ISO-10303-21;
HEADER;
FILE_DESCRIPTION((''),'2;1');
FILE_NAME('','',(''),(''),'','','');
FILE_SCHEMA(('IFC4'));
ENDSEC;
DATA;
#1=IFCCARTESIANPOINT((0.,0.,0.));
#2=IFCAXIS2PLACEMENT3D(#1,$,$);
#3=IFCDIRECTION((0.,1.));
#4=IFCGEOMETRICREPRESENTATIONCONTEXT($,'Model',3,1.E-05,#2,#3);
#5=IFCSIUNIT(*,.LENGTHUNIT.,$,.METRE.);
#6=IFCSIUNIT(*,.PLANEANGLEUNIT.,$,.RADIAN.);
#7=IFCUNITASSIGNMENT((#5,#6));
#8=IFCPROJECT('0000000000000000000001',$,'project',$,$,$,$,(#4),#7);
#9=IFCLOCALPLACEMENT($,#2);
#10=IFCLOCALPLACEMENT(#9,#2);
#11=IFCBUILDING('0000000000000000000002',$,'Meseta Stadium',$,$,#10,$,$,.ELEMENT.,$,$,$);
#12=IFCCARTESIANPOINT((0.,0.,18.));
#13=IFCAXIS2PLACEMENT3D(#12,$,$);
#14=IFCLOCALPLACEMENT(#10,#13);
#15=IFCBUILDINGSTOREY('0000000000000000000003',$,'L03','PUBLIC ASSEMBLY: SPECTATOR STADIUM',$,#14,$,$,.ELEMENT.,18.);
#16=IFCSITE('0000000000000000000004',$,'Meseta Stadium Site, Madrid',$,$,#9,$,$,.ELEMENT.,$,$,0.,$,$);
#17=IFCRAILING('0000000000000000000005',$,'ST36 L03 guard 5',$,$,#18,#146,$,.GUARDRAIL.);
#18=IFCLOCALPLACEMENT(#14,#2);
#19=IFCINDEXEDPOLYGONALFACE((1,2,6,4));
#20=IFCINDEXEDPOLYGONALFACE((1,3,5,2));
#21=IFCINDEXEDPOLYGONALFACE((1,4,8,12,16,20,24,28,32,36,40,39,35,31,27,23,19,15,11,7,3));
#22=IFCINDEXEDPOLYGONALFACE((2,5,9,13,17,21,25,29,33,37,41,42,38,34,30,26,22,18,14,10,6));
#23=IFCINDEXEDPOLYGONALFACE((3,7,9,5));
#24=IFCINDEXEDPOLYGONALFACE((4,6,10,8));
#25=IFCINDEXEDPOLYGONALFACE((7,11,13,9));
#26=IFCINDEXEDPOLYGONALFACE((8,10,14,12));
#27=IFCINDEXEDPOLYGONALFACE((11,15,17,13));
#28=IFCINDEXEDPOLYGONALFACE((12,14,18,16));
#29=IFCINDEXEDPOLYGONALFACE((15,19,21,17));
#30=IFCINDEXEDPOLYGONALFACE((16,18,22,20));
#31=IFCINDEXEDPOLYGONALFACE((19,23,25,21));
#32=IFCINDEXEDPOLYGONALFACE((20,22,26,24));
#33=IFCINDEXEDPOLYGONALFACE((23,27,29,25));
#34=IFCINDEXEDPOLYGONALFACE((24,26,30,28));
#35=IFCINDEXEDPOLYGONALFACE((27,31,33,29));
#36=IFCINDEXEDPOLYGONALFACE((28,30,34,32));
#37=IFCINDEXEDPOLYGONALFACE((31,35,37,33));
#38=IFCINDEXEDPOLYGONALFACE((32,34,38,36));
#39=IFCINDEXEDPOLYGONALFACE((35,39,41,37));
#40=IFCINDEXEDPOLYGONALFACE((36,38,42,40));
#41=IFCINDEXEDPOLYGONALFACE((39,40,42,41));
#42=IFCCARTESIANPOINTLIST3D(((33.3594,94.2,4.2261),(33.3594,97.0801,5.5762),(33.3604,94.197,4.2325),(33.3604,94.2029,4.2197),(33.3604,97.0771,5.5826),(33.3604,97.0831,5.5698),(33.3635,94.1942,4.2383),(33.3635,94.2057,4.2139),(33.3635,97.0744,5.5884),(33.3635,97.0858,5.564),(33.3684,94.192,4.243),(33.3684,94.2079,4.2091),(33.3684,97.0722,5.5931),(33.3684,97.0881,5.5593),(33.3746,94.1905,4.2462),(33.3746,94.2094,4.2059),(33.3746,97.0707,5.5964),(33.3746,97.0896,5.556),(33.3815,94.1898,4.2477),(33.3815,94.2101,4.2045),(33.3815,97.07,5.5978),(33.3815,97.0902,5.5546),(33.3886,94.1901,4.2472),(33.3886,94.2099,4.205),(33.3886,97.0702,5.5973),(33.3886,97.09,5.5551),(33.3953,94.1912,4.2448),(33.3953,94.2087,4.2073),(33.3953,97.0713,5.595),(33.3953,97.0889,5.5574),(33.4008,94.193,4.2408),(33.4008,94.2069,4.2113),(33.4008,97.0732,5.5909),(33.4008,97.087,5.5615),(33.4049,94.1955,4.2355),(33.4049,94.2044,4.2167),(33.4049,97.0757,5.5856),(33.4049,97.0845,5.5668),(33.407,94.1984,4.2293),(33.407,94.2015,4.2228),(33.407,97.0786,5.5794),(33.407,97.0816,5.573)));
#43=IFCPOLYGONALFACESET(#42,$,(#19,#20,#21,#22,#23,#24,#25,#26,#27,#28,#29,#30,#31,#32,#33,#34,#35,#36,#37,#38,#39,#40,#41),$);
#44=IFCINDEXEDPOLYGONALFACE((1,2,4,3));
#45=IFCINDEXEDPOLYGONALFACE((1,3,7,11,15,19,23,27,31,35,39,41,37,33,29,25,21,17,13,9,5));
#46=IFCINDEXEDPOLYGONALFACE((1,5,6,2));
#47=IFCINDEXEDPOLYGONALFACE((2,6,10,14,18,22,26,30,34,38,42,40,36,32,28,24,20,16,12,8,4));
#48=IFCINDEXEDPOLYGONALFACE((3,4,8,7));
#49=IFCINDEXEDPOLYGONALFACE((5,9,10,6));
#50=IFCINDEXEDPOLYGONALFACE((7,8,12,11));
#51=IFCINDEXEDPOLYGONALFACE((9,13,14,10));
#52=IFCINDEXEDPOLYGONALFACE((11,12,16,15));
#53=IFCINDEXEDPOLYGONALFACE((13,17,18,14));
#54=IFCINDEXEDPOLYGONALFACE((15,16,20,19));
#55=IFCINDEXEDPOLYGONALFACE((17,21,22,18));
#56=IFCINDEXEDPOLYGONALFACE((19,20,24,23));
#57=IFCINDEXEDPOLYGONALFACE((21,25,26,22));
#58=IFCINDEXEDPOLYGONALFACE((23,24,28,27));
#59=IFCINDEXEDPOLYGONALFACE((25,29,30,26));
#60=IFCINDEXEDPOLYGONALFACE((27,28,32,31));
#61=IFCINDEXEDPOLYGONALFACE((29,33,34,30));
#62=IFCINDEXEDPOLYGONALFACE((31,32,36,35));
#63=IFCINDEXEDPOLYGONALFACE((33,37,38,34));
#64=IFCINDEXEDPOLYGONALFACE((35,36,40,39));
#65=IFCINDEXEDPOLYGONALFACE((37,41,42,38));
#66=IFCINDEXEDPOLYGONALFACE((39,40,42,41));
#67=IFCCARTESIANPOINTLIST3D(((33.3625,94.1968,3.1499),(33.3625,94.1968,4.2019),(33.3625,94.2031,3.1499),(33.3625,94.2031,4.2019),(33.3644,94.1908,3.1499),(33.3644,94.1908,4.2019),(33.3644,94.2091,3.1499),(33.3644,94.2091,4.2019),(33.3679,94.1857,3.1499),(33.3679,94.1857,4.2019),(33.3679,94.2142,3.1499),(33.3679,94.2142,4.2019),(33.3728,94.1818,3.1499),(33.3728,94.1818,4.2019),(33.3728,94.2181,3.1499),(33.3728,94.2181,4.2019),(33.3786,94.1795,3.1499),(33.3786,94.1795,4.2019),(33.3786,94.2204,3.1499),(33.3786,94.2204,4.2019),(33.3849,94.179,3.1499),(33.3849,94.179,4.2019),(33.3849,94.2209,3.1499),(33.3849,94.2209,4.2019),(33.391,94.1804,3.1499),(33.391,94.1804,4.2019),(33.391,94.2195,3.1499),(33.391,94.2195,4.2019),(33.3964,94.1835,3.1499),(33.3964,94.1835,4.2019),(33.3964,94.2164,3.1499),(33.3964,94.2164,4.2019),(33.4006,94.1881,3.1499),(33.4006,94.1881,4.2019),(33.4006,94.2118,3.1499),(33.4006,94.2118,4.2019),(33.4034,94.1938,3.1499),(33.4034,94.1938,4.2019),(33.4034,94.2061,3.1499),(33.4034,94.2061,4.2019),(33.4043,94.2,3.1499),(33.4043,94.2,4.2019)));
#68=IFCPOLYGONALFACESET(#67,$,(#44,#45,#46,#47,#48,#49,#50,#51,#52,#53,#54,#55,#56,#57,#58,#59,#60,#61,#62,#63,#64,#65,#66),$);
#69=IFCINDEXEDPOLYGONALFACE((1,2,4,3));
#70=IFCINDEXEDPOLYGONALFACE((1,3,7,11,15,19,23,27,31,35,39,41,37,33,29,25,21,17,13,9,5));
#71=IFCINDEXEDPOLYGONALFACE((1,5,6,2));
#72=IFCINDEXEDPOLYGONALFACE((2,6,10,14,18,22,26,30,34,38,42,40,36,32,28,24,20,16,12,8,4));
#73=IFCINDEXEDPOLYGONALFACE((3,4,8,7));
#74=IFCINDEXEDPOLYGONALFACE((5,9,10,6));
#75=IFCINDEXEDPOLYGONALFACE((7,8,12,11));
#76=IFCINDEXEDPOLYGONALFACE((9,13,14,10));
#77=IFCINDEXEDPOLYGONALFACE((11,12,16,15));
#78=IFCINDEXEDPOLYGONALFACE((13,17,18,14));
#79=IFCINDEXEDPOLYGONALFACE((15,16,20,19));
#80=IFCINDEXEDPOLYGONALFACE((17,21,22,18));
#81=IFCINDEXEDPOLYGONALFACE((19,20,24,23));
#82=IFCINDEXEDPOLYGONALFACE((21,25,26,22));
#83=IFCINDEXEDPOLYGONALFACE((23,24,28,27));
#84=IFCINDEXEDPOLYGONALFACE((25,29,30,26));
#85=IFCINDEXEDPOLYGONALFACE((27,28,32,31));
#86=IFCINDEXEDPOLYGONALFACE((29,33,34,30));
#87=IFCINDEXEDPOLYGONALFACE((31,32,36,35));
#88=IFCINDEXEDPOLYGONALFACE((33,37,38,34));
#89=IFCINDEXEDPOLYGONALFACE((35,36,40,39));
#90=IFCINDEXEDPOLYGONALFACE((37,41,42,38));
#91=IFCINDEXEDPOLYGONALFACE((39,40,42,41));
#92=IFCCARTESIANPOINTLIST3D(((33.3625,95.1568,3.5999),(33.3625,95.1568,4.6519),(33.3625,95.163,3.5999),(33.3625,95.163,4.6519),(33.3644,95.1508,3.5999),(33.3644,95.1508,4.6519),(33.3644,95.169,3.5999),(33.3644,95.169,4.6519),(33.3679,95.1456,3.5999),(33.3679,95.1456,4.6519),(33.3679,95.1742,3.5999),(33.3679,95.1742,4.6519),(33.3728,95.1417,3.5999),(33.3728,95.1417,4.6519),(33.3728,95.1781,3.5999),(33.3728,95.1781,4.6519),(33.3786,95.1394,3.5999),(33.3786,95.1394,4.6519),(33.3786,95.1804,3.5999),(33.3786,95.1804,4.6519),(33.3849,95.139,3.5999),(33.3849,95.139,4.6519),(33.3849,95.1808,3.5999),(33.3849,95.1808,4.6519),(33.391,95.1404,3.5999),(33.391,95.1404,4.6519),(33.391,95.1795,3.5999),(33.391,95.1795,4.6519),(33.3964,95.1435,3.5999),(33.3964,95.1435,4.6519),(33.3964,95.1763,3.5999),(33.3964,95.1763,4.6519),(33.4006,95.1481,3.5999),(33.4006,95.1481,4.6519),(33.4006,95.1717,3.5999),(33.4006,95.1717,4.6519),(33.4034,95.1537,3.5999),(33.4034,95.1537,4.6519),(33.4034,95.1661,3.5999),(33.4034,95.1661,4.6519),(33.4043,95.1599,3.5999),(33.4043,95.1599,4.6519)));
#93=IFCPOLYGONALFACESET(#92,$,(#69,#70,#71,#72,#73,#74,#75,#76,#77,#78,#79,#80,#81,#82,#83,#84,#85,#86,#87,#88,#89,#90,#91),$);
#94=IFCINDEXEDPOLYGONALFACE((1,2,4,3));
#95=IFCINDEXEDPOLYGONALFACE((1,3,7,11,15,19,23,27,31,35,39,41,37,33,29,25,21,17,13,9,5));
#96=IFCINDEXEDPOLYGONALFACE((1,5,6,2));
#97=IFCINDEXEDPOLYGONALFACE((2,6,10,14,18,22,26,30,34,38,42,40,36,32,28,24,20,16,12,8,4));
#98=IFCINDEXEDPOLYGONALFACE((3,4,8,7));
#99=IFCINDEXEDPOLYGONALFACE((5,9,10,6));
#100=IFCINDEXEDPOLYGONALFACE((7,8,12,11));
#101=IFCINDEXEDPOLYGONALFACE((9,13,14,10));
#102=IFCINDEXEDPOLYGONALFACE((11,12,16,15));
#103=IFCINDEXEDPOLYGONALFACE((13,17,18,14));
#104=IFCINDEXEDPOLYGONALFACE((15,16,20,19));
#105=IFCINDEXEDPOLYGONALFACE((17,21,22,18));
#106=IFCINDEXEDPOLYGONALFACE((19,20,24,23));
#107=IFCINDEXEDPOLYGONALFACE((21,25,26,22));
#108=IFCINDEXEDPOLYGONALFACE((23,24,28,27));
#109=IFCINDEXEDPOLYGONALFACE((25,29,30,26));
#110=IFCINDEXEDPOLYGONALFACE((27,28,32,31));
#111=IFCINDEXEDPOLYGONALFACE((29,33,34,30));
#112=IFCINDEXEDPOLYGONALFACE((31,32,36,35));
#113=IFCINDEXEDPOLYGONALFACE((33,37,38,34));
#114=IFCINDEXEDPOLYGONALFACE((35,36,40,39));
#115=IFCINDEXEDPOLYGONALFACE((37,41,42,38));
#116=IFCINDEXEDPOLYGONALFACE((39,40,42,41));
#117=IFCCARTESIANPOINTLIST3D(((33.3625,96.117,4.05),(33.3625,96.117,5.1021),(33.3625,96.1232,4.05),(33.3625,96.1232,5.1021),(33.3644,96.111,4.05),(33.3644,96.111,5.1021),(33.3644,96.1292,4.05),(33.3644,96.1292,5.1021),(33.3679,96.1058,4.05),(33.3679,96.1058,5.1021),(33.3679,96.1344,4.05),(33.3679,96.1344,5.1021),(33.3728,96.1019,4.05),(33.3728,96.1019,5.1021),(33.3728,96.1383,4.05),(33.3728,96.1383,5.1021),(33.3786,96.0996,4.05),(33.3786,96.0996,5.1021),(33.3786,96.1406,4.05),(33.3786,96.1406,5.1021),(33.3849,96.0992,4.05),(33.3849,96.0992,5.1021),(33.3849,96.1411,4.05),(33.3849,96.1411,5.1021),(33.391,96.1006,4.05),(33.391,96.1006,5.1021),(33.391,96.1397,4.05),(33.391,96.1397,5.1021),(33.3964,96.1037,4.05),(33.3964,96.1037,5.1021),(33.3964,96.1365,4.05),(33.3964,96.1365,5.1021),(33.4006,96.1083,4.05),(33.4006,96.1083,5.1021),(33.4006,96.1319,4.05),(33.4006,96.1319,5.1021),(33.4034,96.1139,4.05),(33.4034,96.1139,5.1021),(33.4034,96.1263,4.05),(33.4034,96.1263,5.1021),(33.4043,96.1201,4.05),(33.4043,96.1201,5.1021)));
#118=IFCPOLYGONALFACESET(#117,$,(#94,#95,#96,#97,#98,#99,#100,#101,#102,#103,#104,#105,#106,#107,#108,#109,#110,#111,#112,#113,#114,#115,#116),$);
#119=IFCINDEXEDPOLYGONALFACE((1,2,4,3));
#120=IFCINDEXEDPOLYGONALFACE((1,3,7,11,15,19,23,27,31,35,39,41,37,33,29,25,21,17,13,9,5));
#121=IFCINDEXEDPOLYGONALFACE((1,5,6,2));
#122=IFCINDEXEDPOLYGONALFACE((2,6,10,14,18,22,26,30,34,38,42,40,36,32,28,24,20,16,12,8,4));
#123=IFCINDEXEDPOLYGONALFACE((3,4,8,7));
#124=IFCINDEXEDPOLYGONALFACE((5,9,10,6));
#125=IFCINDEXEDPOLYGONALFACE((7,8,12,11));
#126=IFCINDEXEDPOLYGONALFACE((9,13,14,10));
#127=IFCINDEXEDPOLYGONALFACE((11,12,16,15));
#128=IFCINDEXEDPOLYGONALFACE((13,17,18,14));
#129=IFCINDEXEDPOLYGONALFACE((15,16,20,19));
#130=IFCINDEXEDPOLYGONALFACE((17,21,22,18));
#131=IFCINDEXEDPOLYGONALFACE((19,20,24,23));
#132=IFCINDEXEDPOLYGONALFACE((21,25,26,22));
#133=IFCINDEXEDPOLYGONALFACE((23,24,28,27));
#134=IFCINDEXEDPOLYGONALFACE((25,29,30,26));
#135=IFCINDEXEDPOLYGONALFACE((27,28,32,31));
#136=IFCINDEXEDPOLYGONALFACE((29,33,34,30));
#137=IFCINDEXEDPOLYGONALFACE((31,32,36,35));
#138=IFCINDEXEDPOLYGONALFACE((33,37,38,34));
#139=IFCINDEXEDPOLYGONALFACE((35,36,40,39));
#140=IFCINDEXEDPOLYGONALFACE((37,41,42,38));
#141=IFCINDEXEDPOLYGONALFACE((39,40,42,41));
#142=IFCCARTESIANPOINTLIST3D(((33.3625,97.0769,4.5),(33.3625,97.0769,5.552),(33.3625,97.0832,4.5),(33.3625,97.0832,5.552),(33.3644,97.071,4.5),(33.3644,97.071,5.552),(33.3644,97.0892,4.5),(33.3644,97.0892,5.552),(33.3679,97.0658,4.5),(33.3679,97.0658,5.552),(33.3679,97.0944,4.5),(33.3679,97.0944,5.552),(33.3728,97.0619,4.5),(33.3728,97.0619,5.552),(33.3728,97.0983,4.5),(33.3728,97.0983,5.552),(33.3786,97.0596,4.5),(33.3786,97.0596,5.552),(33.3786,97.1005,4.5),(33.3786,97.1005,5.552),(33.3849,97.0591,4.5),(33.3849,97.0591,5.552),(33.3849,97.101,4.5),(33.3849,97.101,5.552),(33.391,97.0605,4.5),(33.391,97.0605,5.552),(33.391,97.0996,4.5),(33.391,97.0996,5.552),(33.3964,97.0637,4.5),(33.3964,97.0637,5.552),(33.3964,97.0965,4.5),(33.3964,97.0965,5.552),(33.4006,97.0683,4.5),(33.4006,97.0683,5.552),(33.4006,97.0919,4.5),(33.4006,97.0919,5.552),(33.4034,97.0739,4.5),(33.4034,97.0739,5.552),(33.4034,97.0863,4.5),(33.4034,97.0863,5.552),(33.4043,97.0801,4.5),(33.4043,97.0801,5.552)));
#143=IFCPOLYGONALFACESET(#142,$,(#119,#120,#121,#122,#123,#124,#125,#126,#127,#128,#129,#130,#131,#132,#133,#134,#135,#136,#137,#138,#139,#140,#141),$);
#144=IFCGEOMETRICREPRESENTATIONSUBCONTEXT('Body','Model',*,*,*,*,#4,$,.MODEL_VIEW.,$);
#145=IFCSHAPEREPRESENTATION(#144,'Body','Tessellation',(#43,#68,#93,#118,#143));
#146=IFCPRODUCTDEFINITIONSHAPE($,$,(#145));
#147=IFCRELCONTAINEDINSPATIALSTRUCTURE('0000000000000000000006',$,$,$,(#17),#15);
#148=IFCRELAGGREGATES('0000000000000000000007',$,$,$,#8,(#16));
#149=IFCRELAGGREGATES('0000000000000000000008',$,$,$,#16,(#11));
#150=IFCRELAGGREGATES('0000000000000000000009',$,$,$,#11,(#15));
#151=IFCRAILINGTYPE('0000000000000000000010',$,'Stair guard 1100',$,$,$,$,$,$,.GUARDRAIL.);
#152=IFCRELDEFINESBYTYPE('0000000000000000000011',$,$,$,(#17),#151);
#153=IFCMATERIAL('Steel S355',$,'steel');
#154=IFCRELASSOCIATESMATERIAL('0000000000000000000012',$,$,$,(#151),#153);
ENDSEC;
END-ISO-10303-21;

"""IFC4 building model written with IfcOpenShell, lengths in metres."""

from ifc_helpers import new_model, si_unit, direction, frame, origin, origin_2d, place, context, subcontext, project, spatial, circle, extrude, material, type_object, element, save


model = new_model("IFC4")

# Units and contexts
model_context = context("Model", 3, precision=1e-05, world=origin(), true_north=direction((0.0, 1.0)))
body_context = subcontext(model_context, "Body", "Model", "MODEL_VIEW")
ifc_project = project(units=[si_unit("LENGTHUNIT", "METRE"), si_unit("PLANEANGLEUNIT", "RADIAN")], contexts=[model_context])

# Site, building, storey
site_placement = place(None, origin())
site = spatial("IfcSite", under=ifc_project, at=site_placement, Name="Meseta Stadium Site, Madrid", CompositionType="ELEMENT", RefElevation=0.0)
building_placement = place(site_placement, origin())
building = spatial("IfcBuilding", under=site, at=building_placement, Name="Meseta Stadium", CompositionType="ELEMENT")
storey_placement = place(building_placement, frame((0.0, 0.0, 18.0)))
storey = spatial("IfcBuildingStorey", under=building, at=storey_placement, Name="L03", Description="PUBLIC ASSEMBLY: SPECTATOR STADIUM", CompositionType="ELEMENT", Elevation=18.0)

# Railing
ifc_material_1 = material(Name="Steel S355", Category="steel")
railing_type_1 = type_object("IfcRailingType", Name="Stair guard 1100", PredefinedType="GUARDRAIL", material=ifc_material_1)
railing_1_placement = place(storey_placement, frame((33.3833, 94.2, 3.1499)))
element("IfcRailing", 1, at=railing_1_placement, inside=storey, type_object=railing_type_1, Name="ST36 L03 guard 5", PredefinedType="GUARDRAIL", context=body_context, shape_type="SweptSolid", body=[
    extrude(circle(Radius=0.0239, at=origin_2d()), frame((0.0, 0.0, 1.0762), z_axis=(0.0, 0.905454, 0.424444), x_axis=(-1.0, 0.0, 0.0)), (0.0, 0.0, 1.0), 3.1809),
    extrude(circle(Radius=0.021, at=origin_2d()), origin(), (0.0, 0.0, 1.0), 1.052),
    extrude(circle(Radius=0.021, at=origin_2d()), frame((0.0, 0.96, 0.45)), (0.0, 0.0, 1.0), 1.052),
    extrude(circle(Radius=0.021, at=origin_2d()), frame((0.0, 1.9202, 0.9001)), (0.0, 0.0, 1.0), 1.052),
    extrude(circle(Radius=0.021, at=origin_2d()), frame((0.0, 2.8801, 1.3501)), (0.0, 0.0, 1.0), 1.052),
])

save(model, "model.ifc")
